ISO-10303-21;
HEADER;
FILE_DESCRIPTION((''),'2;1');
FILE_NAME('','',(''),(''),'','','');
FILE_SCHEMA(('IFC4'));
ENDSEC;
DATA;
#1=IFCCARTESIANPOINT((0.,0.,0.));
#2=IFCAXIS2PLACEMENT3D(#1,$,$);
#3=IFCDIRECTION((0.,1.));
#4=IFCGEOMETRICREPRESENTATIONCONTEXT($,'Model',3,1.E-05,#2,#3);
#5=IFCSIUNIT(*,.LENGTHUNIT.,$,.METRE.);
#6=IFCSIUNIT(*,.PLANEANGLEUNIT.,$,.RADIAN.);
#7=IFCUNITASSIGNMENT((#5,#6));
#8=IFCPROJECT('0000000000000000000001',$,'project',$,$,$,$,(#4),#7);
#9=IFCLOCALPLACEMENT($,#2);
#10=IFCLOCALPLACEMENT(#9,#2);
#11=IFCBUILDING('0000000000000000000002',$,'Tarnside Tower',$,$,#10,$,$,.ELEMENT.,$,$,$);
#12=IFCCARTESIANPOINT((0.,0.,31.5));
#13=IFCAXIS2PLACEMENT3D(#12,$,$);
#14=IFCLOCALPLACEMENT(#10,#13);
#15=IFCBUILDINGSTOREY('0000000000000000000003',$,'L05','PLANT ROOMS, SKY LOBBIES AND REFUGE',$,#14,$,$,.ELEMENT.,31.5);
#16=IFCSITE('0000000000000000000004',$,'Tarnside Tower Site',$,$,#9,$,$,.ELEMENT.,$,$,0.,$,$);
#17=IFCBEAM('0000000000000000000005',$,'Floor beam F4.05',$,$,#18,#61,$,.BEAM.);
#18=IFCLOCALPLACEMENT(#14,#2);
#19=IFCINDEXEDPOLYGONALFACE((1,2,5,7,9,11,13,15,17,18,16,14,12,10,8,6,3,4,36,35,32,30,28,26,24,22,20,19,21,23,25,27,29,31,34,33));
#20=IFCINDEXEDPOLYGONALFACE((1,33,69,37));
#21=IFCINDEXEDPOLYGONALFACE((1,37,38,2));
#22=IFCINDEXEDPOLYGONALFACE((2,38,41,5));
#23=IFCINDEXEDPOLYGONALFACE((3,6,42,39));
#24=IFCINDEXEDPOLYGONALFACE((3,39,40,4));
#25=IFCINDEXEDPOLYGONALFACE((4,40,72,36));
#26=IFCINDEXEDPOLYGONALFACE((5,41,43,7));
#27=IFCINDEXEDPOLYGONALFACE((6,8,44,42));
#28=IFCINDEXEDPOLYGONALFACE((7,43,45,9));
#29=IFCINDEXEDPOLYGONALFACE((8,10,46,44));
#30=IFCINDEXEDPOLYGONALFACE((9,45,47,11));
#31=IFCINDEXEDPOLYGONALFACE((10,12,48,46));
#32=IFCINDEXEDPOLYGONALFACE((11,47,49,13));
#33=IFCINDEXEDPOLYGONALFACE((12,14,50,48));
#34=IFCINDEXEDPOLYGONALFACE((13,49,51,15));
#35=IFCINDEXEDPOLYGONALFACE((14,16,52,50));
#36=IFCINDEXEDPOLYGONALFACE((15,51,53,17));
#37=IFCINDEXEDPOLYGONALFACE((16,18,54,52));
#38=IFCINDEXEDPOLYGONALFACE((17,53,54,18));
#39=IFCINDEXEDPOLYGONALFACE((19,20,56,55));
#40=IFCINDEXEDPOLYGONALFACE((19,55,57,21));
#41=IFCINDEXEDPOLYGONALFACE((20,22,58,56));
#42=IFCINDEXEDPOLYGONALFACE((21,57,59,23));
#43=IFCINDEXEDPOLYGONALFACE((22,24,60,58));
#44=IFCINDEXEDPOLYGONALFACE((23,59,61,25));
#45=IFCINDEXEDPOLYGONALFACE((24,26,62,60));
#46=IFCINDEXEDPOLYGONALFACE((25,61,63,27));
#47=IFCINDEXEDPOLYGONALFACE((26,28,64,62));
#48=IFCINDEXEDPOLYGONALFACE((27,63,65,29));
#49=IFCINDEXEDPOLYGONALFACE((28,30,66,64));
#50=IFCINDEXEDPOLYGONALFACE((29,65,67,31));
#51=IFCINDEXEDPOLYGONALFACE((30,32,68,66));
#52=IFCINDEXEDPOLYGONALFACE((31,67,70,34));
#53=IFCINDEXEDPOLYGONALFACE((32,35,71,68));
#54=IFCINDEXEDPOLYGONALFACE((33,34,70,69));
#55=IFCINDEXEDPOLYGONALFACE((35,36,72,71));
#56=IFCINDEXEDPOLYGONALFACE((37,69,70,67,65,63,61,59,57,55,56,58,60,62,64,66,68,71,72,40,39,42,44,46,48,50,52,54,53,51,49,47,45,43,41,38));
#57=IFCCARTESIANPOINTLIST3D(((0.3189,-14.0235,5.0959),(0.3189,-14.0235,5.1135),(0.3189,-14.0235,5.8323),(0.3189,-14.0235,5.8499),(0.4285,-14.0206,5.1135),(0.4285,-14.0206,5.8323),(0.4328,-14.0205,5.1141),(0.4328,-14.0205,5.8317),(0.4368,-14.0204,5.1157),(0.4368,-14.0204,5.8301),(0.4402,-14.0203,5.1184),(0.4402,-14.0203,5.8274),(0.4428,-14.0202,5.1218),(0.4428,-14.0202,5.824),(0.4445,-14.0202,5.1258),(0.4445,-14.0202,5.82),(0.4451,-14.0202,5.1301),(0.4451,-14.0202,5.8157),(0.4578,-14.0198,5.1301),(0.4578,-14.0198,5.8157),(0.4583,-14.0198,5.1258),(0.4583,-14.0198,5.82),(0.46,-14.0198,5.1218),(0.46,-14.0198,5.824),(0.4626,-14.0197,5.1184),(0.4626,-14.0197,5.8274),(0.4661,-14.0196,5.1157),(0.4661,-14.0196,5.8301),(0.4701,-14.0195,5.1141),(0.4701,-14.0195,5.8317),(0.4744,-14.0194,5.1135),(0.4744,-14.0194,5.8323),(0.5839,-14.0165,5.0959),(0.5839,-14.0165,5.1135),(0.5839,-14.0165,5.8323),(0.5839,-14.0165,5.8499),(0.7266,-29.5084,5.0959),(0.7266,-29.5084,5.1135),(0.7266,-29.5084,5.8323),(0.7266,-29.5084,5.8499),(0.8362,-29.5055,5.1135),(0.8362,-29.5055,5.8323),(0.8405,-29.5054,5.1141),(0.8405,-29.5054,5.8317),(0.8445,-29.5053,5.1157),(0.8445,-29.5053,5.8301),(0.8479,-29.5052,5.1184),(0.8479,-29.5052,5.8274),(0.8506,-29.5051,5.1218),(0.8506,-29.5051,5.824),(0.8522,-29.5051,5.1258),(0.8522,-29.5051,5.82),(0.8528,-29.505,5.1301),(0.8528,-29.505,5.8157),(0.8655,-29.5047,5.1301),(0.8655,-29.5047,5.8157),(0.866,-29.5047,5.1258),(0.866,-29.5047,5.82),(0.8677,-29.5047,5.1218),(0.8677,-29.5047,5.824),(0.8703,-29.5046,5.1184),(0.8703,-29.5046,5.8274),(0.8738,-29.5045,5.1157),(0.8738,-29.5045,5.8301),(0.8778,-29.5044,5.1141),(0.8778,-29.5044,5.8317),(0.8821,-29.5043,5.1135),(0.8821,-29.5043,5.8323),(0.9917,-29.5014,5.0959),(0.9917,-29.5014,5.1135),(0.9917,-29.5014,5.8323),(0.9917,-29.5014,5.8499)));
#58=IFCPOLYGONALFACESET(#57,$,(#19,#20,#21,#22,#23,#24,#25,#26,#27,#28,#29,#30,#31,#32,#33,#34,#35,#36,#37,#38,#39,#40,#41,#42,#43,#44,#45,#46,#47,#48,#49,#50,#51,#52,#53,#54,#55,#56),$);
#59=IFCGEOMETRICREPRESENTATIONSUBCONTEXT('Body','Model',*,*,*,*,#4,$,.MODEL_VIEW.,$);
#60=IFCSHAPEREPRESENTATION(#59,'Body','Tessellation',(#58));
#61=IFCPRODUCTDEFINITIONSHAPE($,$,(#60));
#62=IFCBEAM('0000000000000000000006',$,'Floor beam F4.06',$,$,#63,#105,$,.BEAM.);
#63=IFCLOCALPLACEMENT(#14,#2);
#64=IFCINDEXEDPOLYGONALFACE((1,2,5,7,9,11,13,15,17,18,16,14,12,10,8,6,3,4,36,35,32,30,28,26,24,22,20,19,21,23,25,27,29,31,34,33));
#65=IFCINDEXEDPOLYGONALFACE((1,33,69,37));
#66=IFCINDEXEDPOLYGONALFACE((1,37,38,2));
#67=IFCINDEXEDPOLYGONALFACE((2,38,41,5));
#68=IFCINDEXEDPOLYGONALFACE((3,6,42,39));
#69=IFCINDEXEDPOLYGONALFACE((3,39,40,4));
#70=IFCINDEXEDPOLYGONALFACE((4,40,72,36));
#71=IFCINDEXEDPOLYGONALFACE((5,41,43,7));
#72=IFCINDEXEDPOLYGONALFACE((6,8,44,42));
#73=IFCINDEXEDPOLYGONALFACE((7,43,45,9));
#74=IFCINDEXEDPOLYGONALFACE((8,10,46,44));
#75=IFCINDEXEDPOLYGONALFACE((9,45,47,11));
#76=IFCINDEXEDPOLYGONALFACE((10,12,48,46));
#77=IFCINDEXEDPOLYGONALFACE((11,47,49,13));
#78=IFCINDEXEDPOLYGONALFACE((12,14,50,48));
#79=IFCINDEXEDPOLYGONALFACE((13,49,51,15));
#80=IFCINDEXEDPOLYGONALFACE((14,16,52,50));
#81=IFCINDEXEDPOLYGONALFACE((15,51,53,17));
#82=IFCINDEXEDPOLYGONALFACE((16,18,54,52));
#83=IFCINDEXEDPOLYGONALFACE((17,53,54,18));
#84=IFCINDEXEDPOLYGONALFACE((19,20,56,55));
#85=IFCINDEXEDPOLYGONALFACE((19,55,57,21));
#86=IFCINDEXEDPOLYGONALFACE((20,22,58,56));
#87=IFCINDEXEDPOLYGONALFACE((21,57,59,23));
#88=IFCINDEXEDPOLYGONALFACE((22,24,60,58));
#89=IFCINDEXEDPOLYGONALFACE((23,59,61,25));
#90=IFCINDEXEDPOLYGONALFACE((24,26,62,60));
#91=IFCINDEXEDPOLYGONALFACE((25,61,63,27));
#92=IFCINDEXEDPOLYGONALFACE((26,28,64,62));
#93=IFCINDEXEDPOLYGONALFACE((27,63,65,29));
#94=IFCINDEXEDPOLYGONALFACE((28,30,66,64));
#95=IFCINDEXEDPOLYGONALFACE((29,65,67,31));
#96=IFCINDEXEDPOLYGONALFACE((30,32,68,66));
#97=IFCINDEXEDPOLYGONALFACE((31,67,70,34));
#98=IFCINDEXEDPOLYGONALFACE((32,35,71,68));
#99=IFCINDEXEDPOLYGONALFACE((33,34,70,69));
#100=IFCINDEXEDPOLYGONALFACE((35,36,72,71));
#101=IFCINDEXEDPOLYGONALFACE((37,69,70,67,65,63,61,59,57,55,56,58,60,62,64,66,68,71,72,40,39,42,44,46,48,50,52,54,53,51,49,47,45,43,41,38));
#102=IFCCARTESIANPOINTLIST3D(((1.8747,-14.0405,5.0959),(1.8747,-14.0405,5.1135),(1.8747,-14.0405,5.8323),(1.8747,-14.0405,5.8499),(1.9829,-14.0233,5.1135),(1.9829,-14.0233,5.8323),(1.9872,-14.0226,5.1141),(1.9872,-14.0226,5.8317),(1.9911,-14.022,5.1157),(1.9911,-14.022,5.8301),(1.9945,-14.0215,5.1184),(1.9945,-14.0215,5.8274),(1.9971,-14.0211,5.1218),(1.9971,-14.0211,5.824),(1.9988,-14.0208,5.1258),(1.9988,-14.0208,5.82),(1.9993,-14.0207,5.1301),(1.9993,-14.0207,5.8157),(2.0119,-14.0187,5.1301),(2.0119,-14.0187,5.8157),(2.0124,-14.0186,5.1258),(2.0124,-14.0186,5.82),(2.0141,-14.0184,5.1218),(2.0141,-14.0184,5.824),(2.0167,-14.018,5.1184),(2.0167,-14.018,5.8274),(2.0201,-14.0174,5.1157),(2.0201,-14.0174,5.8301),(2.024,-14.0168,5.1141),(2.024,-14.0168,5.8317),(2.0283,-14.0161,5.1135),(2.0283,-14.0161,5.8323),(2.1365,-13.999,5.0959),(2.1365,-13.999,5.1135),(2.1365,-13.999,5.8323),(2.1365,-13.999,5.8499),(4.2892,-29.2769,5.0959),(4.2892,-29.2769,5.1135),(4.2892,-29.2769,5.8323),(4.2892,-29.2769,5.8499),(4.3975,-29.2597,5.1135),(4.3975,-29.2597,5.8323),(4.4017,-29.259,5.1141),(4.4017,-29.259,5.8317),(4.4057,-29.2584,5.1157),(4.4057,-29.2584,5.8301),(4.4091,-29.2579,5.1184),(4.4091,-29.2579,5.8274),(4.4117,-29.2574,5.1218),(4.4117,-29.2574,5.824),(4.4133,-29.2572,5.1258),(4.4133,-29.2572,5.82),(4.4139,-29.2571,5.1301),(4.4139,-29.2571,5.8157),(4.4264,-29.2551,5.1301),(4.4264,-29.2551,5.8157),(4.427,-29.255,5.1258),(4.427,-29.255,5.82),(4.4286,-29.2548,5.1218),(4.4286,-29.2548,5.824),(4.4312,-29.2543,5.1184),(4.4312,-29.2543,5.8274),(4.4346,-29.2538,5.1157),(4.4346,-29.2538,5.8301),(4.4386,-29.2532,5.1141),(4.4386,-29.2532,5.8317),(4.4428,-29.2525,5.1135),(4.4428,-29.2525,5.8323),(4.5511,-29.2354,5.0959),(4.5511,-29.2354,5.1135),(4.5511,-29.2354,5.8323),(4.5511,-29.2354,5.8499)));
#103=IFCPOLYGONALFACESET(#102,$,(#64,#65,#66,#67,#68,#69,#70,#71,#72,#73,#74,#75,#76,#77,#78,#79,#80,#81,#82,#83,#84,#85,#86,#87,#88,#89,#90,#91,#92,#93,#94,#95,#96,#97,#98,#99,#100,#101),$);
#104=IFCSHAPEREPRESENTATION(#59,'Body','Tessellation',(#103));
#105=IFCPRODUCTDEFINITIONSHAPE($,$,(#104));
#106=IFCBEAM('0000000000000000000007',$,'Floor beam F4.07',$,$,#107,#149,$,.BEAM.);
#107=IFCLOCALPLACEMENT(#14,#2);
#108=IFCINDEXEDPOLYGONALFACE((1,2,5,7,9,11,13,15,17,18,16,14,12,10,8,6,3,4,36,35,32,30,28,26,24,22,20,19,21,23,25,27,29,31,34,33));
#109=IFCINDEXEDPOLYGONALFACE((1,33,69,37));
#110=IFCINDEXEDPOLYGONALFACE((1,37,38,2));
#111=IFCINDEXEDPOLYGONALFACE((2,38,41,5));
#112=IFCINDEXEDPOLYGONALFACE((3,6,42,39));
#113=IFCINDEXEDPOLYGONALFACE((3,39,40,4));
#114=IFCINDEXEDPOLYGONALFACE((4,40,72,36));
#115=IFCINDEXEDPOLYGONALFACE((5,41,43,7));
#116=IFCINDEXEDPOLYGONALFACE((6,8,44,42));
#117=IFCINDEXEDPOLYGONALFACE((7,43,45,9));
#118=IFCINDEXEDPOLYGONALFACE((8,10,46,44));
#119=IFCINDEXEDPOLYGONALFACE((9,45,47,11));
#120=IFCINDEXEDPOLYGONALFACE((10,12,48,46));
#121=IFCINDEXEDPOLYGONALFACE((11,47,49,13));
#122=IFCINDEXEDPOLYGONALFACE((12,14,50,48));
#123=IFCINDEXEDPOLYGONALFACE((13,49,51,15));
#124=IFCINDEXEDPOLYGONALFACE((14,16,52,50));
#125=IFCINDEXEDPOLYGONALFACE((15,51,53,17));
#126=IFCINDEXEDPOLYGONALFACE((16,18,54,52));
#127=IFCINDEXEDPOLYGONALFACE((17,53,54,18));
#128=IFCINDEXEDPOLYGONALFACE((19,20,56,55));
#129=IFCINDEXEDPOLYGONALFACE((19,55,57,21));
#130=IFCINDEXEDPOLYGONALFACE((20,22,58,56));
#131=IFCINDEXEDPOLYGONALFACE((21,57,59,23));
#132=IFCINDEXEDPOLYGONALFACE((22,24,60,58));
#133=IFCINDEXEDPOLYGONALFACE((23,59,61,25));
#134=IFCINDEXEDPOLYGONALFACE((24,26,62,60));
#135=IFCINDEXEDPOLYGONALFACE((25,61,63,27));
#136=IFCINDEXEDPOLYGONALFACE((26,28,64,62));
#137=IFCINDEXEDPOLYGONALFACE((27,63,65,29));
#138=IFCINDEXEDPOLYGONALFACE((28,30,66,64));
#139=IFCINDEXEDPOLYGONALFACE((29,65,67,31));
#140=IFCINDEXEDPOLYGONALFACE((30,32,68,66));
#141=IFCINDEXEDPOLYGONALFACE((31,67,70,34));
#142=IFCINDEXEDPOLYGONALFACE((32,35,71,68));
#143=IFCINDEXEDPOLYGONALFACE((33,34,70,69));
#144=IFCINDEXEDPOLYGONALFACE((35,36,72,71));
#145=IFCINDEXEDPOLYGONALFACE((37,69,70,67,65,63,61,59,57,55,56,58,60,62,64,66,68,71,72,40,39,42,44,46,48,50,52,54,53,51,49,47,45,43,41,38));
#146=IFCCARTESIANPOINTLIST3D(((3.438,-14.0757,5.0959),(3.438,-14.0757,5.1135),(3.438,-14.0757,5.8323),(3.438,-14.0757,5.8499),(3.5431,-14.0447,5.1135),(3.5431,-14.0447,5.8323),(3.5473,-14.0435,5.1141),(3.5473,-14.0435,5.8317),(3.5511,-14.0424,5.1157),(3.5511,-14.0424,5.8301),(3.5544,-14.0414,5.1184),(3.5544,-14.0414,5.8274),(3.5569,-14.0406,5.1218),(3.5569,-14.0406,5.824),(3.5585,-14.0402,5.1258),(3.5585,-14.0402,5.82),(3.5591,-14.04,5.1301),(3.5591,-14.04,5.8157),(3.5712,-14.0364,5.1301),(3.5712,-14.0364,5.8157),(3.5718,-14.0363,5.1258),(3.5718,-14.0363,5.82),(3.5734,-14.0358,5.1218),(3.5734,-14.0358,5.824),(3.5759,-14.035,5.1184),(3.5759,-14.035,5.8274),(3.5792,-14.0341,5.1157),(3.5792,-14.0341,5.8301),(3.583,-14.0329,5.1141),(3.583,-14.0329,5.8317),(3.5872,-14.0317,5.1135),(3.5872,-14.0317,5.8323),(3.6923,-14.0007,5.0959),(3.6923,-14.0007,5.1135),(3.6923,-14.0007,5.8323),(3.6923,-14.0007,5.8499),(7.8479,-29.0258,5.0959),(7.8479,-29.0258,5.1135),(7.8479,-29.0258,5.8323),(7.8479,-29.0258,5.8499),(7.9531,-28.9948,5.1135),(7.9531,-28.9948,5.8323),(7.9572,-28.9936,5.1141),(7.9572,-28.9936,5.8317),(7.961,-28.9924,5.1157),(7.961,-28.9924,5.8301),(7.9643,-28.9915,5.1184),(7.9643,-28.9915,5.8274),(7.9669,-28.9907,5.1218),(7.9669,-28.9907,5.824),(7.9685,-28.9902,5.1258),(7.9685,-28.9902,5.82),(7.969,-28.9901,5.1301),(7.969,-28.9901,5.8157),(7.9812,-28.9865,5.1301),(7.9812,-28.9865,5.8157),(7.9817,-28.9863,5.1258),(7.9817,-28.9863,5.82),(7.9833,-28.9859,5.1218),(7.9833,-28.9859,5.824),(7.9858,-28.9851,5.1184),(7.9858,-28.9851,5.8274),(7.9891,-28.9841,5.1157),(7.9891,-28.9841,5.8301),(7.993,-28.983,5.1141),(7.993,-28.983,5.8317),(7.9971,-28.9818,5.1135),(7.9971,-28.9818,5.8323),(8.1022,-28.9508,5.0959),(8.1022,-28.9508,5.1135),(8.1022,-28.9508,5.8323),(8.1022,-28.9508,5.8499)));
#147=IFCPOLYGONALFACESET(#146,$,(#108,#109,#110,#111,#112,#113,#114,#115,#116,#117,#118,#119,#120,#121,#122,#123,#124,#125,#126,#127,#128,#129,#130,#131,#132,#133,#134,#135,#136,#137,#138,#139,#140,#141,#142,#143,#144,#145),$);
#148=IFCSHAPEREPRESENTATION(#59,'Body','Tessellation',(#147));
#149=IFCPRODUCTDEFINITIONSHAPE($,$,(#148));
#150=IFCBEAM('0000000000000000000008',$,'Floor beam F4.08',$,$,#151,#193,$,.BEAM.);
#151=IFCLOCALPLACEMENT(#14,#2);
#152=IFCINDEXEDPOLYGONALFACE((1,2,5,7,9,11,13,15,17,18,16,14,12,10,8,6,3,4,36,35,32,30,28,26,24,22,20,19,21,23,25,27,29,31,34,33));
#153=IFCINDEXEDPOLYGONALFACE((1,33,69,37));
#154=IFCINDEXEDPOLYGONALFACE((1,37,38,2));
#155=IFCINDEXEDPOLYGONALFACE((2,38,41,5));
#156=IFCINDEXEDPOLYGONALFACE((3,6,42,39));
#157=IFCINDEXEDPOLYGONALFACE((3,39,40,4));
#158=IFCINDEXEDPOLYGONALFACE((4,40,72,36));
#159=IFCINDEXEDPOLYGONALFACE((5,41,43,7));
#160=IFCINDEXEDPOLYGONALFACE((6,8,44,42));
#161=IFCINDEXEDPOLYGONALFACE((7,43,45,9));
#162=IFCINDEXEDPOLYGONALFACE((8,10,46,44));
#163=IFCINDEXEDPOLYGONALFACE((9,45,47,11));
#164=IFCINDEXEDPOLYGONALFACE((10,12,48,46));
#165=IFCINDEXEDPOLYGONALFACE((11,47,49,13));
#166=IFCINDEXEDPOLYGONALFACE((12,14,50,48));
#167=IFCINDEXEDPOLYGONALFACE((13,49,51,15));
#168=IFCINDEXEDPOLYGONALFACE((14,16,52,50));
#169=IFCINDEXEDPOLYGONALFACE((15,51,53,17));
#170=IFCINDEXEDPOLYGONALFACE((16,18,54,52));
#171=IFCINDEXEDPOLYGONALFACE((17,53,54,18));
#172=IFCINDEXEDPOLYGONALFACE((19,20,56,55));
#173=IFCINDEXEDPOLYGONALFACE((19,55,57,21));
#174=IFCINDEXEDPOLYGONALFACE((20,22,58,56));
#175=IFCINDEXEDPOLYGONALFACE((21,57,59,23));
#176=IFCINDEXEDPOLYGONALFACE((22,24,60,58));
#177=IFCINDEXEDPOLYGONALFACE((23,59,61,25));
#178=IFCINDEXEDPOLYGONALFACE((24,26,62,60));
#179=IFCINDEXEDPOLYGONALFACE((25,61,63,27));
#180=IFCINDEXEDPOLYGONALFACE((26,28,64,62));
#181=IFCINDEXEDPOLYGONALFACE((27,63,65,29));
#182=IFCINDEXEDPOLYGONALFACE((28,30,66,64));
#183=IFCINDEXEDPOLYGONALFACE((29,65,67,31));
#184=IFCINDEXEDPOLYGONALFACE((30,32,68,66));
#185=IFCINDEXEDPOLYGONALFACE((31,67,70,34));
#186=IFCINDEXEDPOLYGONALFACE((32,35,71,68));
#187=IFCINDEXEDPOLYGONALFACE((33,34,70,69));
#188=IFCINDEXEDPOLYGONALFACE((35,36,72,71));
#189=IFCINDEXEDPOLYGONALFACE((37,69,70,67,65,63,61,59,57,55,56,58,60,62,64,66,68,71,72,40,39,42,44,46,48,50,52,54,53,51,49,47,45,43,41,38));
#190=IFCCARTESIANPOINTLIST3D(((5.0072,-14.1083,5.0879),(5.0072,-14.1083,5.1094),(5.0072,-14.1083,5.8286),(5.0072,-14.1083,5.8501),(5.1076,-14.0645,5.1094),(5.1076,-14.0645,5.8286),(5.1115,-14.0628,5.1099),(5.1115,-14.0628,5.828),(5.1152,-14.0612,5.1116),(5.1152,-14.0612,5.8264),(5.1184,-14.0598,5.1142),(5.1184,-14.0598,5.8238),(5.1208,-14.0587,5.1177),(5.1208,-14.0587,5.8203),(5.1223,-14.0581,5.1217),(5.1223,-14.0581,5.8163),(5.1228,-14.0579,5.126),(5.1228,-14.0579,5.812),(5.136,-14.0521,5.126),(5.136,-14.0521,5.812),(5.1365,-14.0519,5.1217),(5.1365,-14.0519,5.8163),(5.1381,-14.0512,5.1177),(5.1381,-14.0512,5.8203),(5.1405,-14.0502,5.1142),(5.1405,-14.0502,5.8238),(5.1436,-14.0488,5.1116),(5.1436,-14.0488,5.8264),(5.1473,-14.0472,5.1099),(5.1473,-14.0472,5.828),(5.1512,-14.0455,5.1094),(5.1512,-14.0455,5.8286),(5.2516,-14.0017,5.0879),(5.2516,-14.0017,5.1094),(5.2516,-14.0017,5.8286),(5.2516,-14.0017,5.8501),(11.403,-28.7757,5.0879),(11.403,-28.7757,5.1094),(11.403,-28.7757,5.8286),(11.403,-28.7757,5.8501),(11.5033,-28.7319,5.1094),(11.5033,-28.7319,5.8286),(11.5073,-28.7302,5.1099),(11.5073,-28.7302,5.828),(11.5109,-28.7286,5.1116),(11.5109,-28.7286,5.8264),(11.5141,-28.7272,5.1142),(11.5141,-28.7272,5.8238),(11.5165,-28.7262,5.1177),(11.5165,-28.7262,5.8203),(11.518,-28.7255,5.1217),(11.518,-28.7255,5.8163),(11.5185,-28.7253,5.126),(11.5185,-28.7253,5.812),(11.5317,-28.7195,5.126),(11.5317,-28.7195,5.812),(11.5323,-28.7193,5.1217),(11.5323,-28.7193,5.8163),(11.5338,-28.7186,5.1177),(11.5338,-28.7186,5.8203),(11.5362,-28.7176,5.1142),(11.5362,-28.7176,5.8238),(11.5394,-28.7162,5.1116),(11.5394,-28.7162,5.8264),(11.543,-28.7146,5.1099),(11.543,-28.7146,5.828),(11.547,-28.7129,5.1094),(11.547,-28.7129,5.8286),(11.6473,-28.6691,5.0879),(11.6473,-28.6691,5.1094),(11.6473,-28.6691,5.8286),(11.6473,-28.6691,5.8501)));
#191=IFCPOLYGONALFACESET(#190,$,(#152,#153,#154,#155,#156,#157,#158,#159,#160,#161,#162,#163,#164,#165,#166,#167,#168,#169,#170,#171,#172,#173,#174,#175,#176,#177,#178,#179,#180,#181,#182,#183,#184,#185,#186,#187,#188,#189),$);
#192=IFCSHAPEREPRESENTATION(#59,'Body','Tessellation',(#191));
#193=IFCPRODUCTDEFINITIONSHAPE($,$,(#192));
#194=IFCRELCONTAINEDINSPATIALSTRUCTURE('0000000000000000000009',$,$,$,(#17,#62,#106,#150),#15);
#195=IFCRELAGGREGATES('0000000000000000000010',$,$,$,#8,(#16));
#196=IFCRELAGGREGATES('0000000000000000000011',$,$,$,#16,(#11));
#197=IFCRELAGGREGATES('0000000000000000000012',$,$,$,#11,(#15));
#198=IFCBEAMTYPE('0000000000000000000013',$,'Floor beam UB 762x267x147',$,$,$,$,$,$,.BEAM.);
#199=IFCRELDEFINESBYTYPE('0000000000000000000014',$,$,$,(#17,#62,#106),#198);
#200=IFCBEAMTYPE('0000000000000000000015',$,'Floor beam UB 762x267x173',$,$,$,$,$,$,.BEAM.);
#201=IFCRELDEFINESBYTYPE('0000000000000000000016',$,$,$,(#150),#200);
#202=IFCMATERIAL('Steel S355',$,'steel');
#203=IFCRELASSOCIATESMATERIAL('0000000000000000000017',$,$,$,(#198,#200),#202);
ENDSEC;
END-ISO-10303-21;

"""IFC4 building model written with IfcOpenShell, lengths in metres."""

from ifc_helpers import new_model, si_unit, direction, frame, origin, origin_2d, place, context, subcontext, project, spatial, i_section, extrude, material, material_profile, profile_set, type_object, element, save


model = new_model("IFC4")

# Units and contexts
model_context = context("Model", 3, precision=1e-05, world=origin(), true_north=direction((0.0, 1.0)))
body_context = subcontext(model_context, "Body", "Model", "MODEL_VIEW")
ifc_project = project(units=[si_unit("LENGTHUNIT", "METRE"), si_unit("PLANEANGLEUNIT", "RADIAN")], contexts=[model_context])

# Site, building, storey
site_placement = place(None, origin())
site = spatial("IfcSite", under=ifc_project, at=site_placement, Name="Tarnside Tower Site", CompositionType="ELEMENT", RefElevation=0.0)
building_placement = place(site_placement, origin())
building = spatial("IfcBuilding", under=site, at=building_placement, Name="Tarnside Tower", CompositionType="ELEMENT")
storey_placement = place(building_placement, frame((0.0, 0.0, 31.5)))
storey = spatial("IfcBuildingStorey", under=building, at=storey_placement, Name="L05", Description="PLANT ROOMS, SKY LOBBIES AND REFUGE", CompositionType="ELEMENT", Elevation=31.5)

# Beams
ifc_material_1 = material(Name="Steel S355", Category="steel")
ifc_material_profile_1 = material_profile(ifc_material_1, i_section(OverallWidth=0.2651, OverallDepth=0.7539, WebThickness=0.0127, FlangeThickness=0.0176, FilletRadius=0.0166, at=origin_2d()), Name="UB 762x267x147")
ifc_profile_set_1 = profile_set([ifc_material_profile_1], Name="Steel S355")
beam_type_1 = type_object("IfcBeamType", Name="Floor beam UB 762x267x147", PredefinedType="BEAM", material=ifc_profile_set_1)
beam_1_placement = place(storey_placement, frame((0.8591, -29.5049, 5.4729), z_axis=(-0.026321, 0.999654, 0.0), x_axis=(-0.999654, -0.026321, 0.0)))
element("IfcBeam", 1, at=beam_1_placement, inside=storey, type_object=beam_type_1, Name="Floor beam F4.05", PredefinedType="BEAM", context=body_context, shape_type="SweptSolid", body=[
    extrude(i_section(OverallWidth=0.2651, OverallDepth=0.7539, WebThickness=0.0127, FlangeThickness=0.0176, FilletRadius=0.0166, at=origin_2d()), origin(), (0.0, 0.0, 1.0), 15.4902),
])
beam_2_placement = place(storey_placement, frame((4.4202, -29.2561, 5.4729), z_axis=(-0.15652, 0.987675, 0.0), x_axis=(-0.987675, -0.15652, 0.0)))
element("IfcBeam", 2, at=beam_2_placement, inside=storey, type_object=beam_type_1, Name="Floor beam F4.06", PredefinedType="BEAM", context=body_context, shape_type="SweptSolid", body=[
    extrude(i_section(OverallWidth=0.2651, OverallDepth=0.7539, WebThickness=0.0127, FlangeThickness=0.0176, FilletRadius=0.0166, at=origin_2d()), origin(), (0.0, 0.0, 1.0), 15.4265),
])
beam_3_placement = place(storey_placement, frame((7.9751, -28.9883, 5.4729), z_axis=(-0.282926, 0.959142, 0.0), x_axis=(-0.959142, -0.282926, 0.0)))
element("IfcBeam", 3, at=beam_3_placement, inside=storey, type_object=beam_type_1, Name="Floor beam F4.07", PredefinedType="BEAM", context=body_context, shape_type="SweptSolid", body=[
    extrude(i_section(OverallWidth=0.2651, OverallDepth=0.7539, WebThickness=0.0127, FlangeThickness=0.0176, FilletRadius=0.0166, at=origin_2d()), origin(), (0.0, 0.0, 1.0), 15.5869),
])
ifc_material_profile_2 = material_profile(ifc_material_1, i_section(OverallWidth=0.2666, OverallDepth=0.7622, WebThickness=0.0144, FlangeThickness=0.0215, FilletRadius=0.0166, at=origin_2d()), Name="UB 762x267x173")
ifc_profile_set_2 = profile_set([ifc_material_profile_2], Name="Steel S355")
beam_type_2 = type_object("IfcBeamType", Name="Floor beam UB 762x267x173", PredefinedType="BEAM", material=ifc_profile_set_2)
beam_4_placement = place(storey_placement, frame((11.5251, -28.7224, 5.469), z_axis=(-0.399703, 0.916645, 0.0), x_axis=(-0.916645, -0.399703, 0.0)))
element("IfcBeam", 4, at=beam_4_placement, inside=storey, type_object=beam_type_2, Name="Floor beam F4.08", PredefinedType="BEAM", context=body_context, shape_type="SweptSolid", body=[
    extrude(i_section(OverallWidth=0.2666, OverallDepth=0.7622, WebThickness=0.0144, FlangeThickness=0.0215, FilletRadius=0.0166, at=origin_2d()), origin(), (0.0, 0.0, 1.0), 16.0012),
])

save(model, "model.ifc")
